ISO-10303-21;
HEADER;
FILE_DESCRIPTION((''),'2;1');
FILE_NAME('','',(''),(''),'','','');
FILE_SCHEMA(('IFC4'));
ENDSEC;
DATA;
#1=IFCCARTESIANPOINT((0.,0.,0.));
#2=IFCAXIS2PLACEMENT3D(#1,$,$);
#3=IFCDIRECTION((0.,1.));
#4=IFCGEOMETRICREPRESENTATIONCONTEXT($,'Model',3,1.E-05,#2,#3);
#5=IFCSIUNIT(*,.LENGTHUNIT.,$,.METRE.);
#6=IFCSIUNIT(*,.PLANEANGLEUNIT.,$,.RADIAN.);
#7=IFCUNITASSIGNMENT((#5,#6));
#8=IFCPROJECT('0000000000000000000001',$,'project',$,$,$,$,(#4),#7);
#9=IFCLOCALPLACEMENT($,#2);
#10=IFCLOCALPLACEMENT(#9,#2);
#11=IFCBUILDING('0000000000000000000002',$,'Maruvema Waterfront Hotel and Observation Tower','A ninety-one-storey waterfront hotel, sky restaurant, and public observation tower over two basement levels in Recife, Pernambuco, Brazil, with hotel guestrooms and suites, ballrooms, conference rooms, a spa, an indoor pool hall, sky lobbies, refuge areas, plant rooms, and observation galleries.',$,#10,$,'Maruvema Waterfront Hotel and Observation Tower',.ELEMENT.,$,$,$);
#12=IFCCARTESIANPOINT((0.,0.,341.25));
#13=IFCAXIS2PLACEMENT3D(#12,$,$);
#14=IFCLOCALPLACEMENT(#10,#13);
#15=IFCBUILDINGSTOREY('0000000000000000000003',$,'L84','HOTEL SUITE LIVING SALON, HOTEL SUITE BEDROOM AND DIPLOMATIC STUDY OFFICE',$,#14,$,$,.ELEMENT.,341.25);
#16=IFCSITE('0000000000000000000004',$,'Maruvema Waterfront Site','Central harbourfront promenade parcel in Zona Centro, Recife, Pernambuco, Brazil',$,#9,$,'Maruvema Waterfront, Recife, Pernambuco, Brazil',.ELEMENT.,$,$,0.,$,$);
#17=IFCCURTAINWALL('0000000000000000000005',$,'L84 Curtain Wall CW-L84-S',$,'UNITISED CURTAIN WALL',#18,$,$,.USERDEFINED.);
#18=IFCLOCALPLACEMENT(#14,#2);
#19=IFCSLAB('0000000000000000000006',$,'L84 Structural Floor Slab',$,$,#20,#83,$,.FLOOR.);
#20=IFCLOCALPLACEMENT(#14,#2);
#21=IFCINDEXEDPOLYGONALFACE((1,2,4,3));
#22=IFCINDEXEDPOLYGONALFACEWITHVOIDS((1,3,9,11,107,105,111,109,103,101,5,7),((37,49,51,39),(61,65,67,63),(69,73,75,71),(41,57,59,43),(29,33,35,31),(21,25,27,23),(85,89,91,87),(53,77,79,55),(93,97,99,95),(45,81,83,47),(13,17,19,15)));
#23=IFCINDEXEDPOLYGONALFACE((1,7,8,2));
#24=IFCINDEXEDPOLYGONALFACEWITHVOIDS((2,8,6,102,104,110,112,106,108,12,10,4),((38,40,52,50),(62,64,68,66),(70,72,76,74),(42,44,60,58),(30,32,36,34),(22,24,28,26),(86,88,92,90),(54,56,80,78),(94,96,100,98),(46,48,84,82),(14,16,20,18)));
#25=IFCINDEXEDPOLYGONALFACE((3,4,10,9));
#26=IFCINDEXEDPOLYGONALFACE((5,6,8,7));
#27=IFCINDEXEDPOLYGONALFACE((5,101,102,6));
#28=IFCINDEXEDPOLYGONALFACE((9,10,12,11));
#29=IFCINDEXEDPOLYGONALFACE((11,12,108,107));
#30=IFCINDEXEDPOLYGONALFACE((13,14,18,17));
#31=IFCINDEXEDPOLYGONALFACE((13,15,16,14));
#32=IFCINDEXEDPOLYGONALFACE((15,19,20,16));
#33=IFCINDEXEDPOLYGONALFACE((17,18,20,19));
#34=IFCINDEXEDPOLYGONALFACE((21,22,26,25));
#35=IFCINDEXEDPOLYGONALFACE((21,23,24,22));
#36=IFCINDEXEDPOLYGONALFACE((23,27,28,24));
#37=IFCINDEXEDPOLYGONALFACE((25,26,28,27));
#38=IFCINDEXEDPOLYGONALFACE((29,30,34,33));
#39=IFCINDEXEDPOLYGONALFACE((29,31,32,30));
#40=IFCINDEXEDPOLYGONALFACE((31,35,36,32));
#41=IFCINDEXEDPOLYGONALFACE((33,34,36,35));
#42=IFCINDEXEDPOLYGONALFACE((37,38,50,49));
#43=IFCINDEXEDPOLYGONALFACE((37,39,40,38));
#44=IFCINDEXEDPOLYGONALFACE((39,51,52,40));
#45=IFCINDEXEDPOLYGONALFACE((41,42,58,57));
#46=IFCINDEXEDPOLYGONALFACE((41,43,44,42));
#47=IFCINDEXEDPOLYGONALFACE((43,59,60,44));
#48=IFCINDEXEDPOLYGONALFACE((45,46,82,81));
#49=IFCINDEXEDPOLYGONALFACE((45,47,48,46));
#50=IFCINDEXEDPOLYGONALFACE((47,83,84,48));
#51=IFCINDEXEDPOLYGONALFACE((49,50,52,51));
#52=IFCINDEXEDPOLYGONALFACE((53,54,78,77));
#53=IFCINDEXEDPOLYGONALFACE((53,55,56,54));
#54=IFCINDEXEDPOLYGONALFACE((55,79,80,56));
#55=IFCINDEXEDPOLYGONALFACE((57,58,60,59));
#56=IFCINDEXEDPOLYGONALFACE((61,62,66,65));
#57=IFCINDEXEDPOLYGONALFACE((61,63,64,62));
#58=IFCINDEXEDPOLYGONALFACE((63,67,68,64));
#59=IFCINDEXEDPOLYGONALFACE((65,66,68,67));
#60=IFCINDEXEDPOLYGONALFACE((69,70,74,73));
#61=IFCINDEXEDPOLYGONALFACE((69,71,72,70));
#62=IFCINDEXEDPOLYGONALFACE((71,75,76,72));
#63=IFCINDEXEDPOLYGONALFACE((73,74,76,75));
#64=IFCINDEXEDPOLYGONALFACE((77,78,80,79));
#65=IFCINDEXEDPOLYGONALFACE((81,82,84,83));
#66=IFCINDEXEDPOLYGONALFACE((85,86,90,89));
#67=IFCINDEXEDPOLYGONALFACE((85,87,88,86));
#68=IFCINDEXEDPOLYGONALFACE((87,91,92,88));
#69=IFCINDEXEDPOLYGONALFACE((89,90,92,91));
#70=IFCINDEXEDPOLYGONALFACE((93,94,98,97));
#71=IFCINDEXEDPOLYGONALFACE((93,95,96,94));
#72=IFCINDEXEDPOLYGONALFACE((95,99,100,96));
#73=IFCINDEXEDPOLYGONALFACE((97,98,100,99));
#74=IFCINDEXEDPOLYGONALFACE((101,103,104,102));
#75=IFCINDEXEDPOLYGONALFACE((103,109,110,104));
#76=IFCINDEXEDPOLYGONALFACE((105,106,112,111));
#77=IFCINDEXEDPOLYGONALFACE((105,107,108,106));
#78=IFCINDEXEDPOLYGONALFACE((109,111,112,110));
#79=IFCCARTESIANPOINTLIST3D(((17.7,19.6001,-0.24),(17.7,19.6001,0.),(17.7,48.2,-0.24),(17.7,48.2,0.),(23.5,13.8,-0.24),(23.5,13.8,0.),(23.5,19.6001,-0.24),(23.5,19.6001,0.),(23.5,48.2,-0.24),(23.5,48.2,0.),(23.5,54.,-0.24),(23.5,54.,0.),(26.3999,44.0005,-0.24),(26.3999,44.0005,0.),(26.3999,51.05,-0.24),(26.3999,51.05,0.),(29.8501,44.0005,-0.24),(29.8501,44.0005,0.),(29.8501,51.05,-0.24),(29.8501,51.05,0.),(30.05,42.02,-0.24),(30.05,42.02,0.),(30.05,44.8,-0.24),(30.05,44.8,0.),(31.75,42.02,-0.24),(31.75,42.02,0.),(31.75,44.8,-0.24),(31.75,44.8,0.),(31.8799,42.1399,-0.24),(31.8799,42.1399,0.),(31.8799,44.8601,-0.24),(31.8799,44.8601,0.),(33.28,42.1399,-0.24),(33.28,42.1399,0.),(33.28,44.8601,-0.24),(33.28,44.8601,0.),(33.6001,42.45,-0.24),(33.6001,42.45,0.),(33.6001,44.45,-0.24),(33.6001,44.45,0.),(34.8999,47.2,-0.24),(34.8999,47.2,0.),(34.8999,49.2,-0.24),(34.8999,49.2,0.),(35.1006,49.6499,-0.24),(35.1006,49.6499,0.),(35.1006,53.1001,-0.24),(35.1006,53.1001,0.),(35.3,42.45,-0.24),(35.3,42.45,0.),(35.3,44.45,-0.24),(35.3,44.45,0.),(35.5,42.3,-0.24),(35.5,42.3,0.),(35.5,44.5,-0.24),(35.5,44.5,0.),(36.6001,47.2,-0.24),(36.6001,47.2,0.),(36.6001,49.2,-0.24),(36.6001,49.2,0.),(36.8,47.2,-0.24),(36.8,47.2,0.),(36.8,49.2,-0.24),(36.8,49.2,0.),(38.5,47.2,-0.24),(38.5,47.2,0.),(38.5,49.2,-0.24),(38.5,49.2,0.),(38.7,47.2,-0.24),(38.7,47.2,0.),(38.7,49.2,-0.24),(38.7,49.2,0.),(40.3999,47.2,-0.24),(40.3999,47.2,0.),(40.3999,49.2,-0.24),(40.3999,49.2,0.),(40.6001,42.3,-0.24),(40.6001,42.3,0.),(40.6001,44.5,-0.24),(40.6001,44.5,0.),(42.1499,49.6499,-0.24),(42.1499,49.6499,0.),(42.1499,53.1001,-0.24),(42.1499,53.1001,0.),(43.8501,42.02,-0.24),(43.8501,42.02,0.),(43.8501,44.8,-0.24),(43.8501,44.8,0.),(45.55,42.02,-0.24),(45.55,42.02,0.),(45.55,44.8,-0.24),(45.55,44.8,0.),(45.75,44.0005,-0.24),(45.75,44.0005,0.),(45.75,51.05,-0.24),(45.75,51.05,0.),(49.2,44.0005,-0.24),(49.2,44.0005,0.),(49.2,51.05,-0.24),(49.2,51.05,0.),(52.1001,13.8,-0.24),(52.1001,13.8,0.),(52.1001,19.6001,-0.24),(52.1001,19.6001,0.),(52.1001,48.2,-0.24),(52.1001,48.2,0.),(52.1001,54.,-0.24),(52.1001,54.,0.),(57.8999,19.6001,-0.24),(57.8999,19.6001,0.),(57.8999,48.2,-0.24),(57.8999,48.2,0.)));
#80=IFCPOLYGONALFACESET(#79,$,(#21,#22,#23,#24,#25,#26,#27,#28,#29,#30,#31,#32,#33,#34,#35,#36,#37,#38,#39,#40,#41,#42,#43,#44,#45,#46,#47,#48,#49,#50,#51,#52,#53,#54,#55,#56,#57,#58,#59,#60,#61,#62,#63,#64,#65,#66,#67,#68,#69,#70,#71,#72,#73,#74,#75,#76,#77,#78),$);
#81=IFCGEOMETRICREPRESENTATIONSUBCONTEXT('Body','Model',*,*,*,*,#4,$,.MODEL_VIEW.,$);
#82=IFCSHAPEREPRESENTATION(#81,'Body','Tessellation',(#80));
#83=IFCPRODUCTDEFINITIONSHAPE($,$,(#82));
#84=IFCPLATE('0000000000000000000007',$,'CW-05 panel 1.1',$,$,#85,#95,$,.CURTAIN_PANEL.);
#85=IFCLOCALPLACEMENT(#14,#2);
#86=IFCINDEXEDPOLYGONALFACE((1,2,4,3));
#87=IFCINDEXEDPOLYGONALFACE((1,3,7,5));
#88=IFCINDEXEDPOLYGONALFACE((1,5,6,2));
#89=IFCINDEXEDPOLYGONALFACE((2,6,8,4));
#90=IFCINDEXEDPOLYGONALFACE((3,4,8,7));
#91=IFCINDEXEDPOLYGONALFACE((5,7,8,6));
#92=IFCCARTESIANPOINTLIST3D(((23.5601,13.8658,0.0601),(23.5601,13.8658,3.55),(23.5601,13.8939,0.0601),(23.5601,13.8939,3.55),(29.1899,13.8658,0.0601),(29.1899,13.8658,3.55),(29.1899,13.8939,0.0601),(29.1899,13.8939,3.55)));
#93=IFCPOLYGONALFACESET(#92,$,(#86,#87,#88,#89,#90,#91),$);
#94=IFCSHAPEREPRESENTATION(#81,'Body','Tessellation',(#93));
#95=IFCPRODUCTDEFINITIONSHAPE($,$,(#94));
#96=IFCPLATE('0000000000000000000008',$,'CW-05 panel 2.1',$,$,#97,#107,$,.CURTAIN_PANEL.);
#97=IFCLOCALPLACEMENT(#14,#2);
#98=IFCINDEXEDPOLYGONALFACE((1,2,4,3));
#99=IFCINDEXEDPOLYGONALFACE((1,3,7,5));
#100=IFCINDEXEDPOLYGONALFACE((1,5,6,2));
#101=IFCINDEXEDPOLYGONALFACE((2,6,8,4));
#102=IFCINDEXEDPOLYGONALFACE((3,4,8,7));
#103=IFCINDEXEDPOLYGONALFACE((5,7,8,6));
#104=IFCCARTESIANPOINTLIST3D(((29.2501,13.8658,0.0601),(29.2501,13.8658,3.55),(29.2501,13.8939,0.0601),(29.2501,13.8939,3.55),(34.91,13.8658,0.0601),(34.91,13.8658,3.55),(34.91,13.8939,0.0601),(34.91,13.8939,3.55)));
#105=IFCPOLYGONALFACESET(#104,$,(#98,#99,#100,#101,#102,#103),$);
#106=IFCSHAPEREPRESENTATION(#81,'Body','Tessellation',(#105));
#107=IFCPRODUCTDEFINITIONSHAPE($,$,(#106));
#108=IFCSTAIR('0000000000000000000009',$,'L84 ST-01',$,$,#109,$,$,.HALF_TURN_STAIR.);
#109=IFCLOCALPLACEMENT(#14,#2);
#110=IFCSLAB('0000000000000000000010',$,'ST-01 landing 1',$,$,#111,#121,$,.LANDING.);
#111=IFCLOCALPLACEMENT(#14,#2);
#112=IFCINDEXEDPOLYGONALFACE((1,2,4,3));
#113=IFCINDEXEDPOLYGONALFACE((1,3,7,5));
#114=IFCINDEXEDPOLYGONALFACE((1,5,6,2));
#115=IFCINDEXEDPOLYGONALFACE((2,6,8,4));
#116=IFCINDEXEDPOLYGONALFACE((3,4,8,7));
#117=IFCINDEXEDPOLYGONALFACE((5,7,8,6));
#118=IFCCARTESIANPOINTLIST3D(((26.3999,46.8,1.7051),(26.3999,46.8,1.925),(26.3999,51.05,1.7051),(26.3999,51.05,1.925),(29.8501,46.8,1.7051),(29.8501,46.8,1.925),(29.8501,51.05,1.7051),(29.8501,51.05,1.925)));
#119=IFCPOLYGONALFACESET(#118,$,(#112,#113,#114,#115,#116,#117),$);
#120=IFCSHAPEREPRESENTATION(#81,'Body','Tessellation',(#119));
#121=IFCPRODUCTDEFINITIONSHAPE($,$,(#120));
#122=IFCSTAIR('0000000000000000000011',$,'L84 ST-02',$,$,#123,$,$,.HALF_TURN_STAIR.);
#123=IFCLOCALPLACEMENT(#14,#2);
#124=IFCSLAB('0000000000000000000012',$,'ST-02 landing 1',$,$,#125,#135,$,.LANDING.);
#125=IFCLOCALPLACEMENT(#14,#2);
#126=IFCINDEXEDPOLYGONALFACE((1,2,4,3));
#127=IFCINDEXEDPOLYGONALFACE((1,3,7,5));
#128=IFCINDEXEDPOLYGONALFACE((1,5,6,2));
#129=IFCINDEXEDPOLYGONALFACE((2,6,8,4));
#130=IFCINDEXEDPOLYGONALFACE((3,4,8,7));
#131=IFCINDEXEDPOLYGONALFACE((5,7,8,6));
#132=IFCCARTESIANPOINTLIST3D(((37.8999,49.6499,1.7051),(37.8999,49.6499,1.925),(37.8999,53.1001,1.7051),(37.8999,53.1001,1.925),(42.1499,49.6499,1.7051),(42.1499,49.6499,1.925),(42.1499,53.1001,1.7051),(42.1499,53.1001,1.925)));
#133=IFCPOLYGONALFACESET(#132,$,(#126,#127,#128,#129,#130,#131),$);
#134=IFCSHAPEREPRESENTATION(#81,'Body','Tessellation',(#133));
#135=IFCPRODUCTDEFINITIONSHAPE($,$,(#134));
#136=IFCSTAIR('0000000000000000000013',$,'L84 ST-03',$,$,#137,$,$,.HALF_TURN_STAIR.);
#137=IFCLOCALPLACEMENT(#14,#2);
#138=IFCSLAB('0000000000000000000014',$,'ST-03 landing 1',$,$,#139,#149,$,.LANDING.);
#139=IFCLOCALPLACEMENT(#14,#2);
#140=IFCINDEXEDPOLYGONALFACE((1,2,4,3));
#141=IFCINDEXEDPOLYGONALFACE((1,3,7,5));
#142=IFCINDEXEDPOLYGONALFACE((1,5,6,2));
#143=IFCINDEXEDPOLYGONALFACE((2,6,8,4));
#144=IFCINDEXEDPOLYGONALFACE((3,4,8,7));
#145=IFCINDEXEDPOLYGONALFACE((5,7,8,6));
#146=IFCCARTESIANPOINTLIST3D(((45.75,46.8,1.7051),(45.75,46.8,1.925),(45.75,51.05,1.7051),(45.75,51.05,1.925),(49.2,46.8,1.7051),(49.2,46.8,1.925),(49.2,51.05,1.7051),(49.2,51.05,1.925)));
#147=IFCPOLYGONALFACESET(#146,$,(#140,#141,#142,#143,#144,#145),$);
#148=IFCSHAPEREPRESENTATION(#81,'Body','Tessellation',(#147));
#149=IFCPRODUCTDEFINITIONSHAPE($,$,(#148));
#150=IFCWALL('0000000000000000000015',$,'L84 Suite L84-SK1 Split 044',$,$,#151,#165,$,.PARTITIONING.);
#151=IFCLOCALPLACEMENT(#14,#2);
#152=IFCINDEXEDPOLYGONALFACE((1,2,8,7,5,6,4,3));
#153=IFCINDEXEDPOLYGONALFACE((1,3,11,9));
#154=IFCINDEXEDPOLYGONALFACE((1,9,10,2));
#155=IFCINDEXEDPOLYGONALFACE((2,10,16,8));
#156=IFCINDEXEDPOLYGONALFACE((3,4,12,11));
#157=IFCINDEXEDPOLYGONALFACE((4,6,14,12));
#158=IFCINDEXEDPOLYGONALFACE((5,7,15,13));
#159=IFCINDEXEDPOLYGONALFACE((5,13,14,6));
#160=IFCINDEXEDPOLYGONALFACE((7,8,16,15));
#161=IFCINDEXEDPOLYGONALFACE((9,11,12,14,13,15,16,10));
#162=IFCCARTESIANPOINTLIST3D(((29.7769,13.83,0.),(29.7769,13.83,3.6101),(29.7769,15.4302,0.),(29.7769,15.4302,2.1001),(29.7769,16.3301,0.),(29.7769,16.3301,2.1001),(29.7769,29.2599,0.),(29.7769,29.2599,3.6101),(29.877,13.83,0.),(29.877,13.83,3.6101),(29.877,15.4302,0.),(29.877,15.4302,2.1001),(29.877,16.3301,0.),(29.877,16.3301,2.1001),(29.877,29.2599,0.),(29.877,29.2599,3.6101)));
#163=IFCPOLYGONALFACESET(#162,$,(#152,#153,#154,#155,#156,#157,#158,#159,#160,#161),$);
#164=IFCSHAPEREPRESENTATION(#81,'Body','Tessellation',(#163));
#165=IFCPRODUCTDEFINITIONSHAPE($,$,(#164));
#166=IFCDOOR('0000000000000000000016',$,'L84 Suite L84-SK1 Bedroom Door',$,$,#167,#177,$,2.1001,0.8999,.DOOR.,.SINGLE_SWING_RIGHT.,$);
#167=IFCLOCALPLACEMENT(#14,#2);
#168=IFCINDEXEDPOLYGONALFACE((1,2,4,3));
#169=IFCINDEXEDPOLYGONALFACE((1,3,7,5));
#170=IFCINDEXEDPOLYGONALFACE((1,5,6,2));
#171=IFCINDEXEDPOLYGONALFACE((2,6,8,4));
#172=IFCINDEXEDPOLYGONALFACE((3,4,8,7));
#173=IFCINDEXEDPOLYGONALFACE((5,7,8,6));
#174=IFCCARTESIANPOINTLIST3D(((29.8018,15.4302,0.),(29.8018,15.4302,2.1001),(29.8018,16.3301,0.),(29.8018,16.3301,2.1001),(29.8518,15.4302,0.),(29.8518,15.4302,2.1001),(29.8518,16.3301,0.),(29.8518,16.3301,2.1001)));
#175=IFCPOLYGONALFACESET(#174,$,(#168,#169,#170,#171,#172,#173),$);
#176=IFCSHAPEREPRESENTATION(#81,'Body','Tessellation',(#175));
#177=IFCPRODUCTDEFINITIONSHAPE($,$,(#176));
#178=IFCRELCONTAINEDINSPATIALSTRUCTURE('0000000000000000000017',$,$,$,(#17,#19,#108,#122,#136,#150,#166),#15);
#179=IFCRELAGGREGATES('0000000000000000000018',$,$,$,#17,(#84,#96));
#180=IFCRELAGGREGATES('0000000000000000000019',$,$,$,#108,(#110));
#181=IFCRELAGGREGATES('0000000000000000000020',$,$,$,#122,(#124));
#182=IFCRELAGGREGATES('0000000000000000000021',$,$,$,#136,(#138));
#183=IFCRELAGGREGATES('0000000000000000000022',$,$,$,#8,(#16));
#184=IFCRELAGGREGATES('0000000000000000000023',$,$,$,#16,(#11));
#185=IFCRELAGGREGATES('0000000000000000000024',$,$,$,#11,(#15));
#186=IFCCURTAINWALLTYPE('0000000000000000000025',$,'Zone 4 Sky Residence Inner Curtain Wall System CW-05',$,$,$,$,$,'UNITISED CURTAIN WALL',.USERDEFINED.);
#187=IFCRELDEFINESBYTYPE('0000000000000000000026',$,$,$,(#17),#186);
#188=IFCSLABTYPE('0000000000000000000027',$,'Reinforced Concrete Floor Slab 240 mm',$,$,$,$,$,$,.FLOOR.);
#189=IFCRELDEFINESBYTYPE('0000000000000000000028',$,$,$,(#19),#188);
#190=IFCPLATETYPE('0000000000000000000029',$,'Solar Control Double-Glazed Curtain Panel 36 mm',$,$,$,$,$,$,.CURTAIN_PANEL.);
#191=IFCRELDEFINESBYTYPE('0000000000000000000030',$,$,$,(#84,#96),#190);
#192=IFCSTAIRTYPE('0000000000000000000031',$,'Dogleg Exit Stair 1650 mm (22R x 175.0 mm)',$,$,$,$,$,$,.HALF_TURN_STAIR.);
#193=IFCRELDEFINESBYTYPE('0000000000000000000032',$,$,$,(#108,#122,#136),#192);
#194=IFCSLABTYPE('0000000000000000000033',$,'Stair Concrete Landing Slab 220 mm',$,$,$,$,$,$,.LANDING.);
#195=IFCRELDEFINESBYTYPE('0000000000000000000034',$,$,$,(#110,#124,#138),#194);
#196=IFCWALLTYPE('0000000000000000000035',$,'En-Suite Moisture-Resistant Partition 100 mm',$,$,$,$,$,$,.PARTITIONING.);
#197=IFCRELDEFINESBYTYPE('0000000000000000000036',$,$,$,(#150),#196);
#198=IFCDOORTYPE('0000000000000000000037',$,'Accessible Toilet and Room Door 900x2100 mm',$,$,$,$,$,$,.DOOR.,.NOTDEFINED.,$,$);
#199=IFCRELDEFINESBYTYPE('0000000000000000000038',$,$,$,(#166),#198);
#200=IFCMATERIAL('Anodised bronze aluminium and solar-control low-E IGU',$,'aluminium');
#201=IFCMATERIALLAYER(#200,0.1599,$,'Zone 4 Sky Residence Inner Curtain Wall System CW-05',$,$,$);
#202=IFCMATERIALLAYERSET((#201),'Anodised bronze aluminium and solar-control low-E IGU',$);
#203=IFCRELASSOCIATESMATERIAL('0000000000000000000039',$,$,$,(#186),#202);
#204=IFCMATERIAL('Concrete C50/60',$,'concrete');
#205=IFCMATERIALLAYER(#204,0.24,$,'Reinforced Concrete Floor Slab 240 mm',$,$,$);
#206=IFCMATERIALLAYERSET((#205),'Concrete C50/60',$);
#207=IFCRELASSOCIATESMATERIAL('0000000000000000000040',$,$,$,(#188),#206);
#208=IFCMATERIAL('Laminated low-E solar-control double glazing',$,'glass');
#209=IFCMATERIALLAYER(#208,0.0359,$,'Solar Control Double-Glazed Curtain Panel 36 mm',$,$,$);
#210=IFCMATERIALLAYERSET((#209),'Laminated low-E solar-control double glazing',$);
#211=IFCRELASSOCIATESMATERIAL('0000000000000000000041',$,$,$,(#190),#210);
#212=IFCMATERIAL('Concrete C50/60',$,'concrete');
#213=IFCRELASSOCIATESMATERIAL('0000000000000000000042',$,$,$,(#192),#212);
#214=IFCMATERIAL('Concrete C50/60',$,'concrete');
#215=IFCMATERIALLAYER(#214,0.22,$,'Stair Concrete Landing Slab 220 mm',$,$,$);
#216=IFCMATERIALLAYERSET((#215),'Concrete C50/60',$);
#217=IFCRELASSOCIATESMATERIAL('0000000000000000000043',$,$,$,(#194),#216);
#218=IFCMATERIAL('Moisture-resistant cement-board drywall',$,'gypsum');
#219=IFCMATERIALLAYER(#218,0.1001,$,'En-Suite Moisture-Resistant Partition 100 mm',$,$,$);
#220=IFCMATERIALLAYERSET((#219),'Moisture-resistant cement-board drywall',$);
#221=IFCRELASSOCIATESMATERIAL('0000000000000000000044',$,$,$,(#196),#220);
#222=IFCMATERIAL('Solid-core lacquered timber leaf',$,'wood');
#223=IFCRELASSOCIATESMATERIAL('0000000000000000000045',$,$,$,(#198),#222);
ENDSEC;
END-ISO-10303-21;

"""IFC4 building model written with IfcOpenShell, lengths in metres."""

from ifc_helpers import new_model, si_unit, direction, frame, frame_2d, origin, origin_2d, place, context, subcontext, project, spatial, polyline, rectangle, outline, extrude, material, layer, layer_set, type_object, element, fill, aggregate, save


model = new_model("IFC4")

# Units and contexts
model_context = context("Model", 3, precision=1e-05, world=origin(), true_north=direction((0.0, 1.0)))
body_context = subcontext(model_context, "Body", "Model", "MODEL_VIEW")
ifc_project = project(units=[si_unit("LENGTHUNIT", "METRE"), si_unit("PLANEANGLEUNIT", "RADIAN")], contexts=[model_context])

# Site, building, storey
site_placement = place(None, origin())
site = spatial("IfcSite", under=ifc_project, at=site_placement, Name="Maruvema Waterfront Site", Description="Central harbourfront promenade parcel in Zona Centro, Recife, Pernambuco, Brazil", LongName="Maruvema Waterfront, Recife, Pernambuco, Brazil", CompositionType="ELEMENT", RefElevation=0.0)
building_placement = place(site_placement, origin())
building = spatial("IfcBuilding", under=site, at=building_placement, Name="Maruvema Waterfront Hotel and Observation Tower", Description="A ninety-one-storey waterfront hotel, sky restaurant, and public observation tower over two basement levels in Recife, Pernambuco, Brazil, with hotel guestrooms and suites, ballrooms, conference rooms, a spa, an indoor pool hall, sky lobbies, refuge areas, plant rooms, and observation galleries.", LongName="Maruvema Waterfront Hotel and Observation Tower", CompositionType="ELEMENT")
storey_placement = place(building_placement, frame((0.0, 0.0, 341.25)))
storey = spatial("IfcBuildingStorey", under=building, at=storey_placement, Name="L84", Description="HOTEL SUITE LIVING SALON, HOTEL SUITE BEDROOM AND DIPLOMATIC STUDY OFFICE", CompositionType="ELEMENT", Elevation=341.25)

# Curtain wall
ifc_material_1 = material(Name="Anodised bronze aluminium and solar-control low-E IGU", Category="aluminium")
ifc_layer_1 = layer(ifc_material_1, 0.1599, Name="Zone 4 Sky Residence Inner Curtain Wall System CW-05")
ifc_layer_set_1 = layer_set([ifc_layer_1], Name="Anodised bronze aluminium and solar-control low-E IGU")
curtain_wall_type = type_object("IfcCurtainWallType", Name="Zone 4 Sky Residence Inner Curtain Wall System CW-05", ElementType="UNITISED CURTAIN WALL", PredefinedType="USERDEFINED", material=ifc_layer_set_1)
curtain_wall_1_placement = place(storey_placement, origin())
curtain_wall_1 = element("IfcCurtainWall", 1, at=curtain_wall_1_placement, inside=storey, type_object=curtain_wall_type, Name="L84 Curtain Wall CW-L84-S", ObjectType="UNITISED CURTAIN WALL", PredefinedType="USERDEFINED")

# Slab
ifc_material_2 = material(Name="Concrete C50/60", Category="concrete")
ifc_layer_2 = layer(ifc_material_2, 0.24, Name="Reinforced Concrete Floor Slab 240 mm")
ifc_layer_set_2 = layer_set([ifc_layer_2], Name="Concrete C50/60")
slab_type_1 = type_object("IfcSlabType", Name="Reinforced Concrete Floor Slab 240 mm", PredefinedType="FLOOR", material=ifc_layer_set_2)
slab_1_placement = place(storey_placement, frame((0.0, 0.0, -0.24)))
element("IfcSlab", 2, at=slab_1_placement, inside=storey, type_object=slab_type_1, Name="L84 Structural Floor Slab", PredefinedType="FLOOR", context=body_context, shape_type="SweptSolid", body=[
    extrude(outline(polyline([(23.5, 13.8), (52.1001, 13.8), (52.1001, 19.6001), (57.8999, 19.6001), (57.8999, 48.2), (52.1001, 48.2), (52.1001, 54.0), (23.5, 54.0), (23.5, 48.2), (17.7, 48.2), (17.7, 19.6001), (23.5, 19.6001), (23.5, 13.8)]), holes=[polyline([(26.3999, 44.0005), (26.3999, 51.05), (29.8501, 51.05), (29.8501, 44.0005), (26.3999, 44.0005)]), polyline([(30.05, 44.8), (31.75, 44.8), (31.75, 42.02), (30.05, 42.02), (30.05, 44.8)]), polyline([(31.8799, 42.1399), (31.8799, 44.8601), (33.28, 44.8601), (33.28, 42.1399), (31.8799, 42.1399)]), polyline([(33.6001, 44.45), (35.3, 44.45), (35.3, 42.45), (33.6001, 42.45), (33.6001, 44.45)]), polyline([(34.8999, 49.2), (36.6001, 49.2), (36.6001, 47.2), (34.8999, 47.2), (34.8999, 49.2)]), polyline([(36.8, 47.2), (36.8, 49.2), (38.5, 49.2), (38.5, 47.2), (36.8, 47.2)]), polyline([(35.5, 42.3), (35.5, 44.5), (40.6001, 44.5), (40.6001, 42.3), (35.5, 42.3)]), polyline([(35.1006, 53.1001), (42.1499, 53.1001), (42.1499, 49.6499), (35.1006, 49.6499), (35.1006, 53.1001)]), polyline([(38.7, 49.2), (40.3999, 49.2), (40.3999, 47.2), (38.7, 47.2), (38.7, 49.2)]), polyline([(43.8501, 44.8), (45.55, 44.8), (45.55, 42.02), (43.8501, 42.02), (43.8501, 44.8)]), polyline([(45.75, 44.0005), (45.75, 51.05), (49.2, 51.05), (49.2, 44.0005), (45.75, 44.0005)])]), origin(), (0.0, 0.0, 1.0), 0.24),
])

# Plates
ifc_material_3 = material(Name="Laminated low-E solar-control double glazing", Category="glass")
ifc_layer_3 = layer(ifc_material_3, 0.0359, Name="Solar Control Double-Glazed Curtain Panel 36 mm")
ifc_layer_set_3 = layer_set([ifc_layer_3], Name="Laminated low-E solar-control double glazing")
plate_type = type_object("IfcPlateType", Name="Solar Control Double-Glazed Curtain Panel 36 mm", PredefinedType="CURTAIN_PANEL", material=ifc_layer_set_3)
plate_1_placement = place(storey_placement, frame((26.375, 13.8799, 0.0601), z_axis=(0.0, 0.0, 1.0), x_axis=(1.0, 0.0, 0.0)))
plate_1 = element("IfcPlate", 3, at=plate_1_placement, type_object=plate_type, Name="CW-05 panel 1.1", PredefinedType="CURTAIN_PANEL", context=body_context, shape_type="SweptSolid", body=[
    extrude(rectangle(XDim=5.6299, YDim=0.0281, at=origin_2d()), origin(), (0.0, 0.0, 1.0), 3.49),
])
plate_2_placement = place(storey_placement, frame((32.0801, 13.8799, 0.0601), z_axis=(0.0, 0.0, 1.0), x_axis=(1.0, 0.0, 0.0)))
plate_2 = element("IfcPlate", 4, at=plate_2_placement, type_object=plate_type, Name="CW-05 panel 2.1", PredefinedType="CURTAIN_PANEL", context=body_context, shape_type="SweptSolid", body=[
    extrude(rectangle(XDim=5.6599, YDim=0.0281, at=origin_2d()), origin(), (0.0, 0.0, 1.0), 3.49),
])
aggregate(curtain_wall_1, [plate_1, plate_2])

# Stairs, slabs
ifc_material_4 = material(Name="Concrete C50/60", Category="concrete")
stair_type = type_object("IfcStairType", Name="Dogleg Exit Stair 1650 mm (22R x 175.0 mm)", PredefinedType="HALF_TURN_STAIR", material=ifc_material_4)
stair_1_placement = place(storey_placement, origin())
stair_1 = element("IfcStair", 5, at=stair_1_placement, inside=storey, type_object=stair_type, Name="L84 ST-01", PredefinedType="HALF_TURN_STAIR")
ifc_material_5 = material(Name="Concrete C50/60", Category="concrete")
ifc_layer_4 = layer(ifc_material_5, 0.22, Name="Stair Concrete Landing Slab 220 mm")
ifc_layer_set_4 = layer_set([ifc_layer_4], Name="Concrete C50/60")
slab_type_2 = type_object("IfcSlabType", Name="Stair Concrete Landing Slab 220 mm", PredefinedType="LANDING", material=ifc_layer_set_4)
slab_2_placement = place(storey_placement, frame((0.0, 0.0, 1.7051)))
slab_2 = element("IfcSlab", 6, at=slab_2_placement, type_object=slab_type_2, Name="ST-01 landing 1", PredefinedType="LANDING", context=body_context, shape_type="SweptSolid", body=[
    extrude(outline(polyline([(29.8501, 46.8), (29.8501, 51.05), (26.3999, 51.05), (26.3999, 46.8), (29.8501, 46.8)])), origin(), (0.0, 0.0, 1.0), 0.22),
])
aggregate(stair_1, [slab_2])
stair_2_placement = place(storey_placement, origin())
stair_2 = element("IfcStair", 7, at=stair_2_placement, inside=storey, type_object=stair_type, Name="L84 ST-02", PredefinedType="HALF_TURN_STAIR")
slab_3_placement = place(storey_placement, frame((0.0, 0.0, 1.7051)))
slab_3 = element("IfcSlab", 8, at=slab_3_placement, type_object=slab_type_2, Name="ST-02 landing 1", PredefinedType="LANDING", context=body_context, shape_type="SweptSolid", body=[
    extrude(outline(polyline([(37.8999, 49.6499), (42.1499, 49.6499), (42.1499, 53.1001), (37.8999, 53.1001), (37.8999, 49.6499)])), origin(), (0.0, 0.0, 1.0), 0.22),
])
aggregate(stair_2, [slab_3])
stair_3_placement = place(storey_placement, origin())
stair_3 = element("IfcStair", 9, at=stair_3_placement, inside=storey, type_object=stair_type, Name="L84 ST-03", PredefinedType="HALF_TURN_STAIR")
slab_4_placement = place(storey_placement, frame((0.0, 0.0, 1.7051)))
slab_4 = element("IfcSlab", 10, at=slab_4_placement, type_object=slab_type_2, Name="ST-03 landing 1", PredefinedType="LANDING", context=body_context, shape_type="SweptSolid", body=[
    extrude(outline(polyline([(49.2, 46.8), (49.2, 51.05), (45.75, 51.05), (45.75, 46.8), (49.2, 46.8)])), origin(), (0.0, 0.0, 1.0), 0.22),
])
aggregate(stair_3, [slab_4])

# Wall, opening, door
ifc_material_6 = material(Name="Moisture-resistant cement-board drywall", Category="gypsum")
ifc_layer_5 = layer(ifc_material_6, 0.1001, Name="En-Suite Moisture-Resistant Partition 100 mm")
ifc_layer_set_5 = layer_set([ifc_layer_5], Name="Moisture-resistant cement-board drywall")
wall_type_1 = type_object("IfcWallType", Name="En-Suite Moisture-Resistant Partition 100 mm", PredefinedType="PARTITIONING", material=ifc_layer_set_5)
wall_1_placement = place(storey_placement, frame((29.8269, 13.8301, 0.0), z_axis=(0.0, 0.0, 1.0), x_axis=(0.0, 1.0, 0.0)))
wall_1 = element("IfcWall", 11, at=wall_1_placement, inside=storey, type_object=wall_type_1, Name="L84 Suite L84-SK1 Split 044", PredefinedType="PARTITIONING", context=body_context, shape_type="SweptSolid", body=[
    extrude(rectangle(XDim=15.4299, YDim=0.1001, at=frame_2d((7.7148, 0.0))), origin(), (0.0, 0.0, 1.0), 3.6101),
])
opening_1_placement = place(wall_1_placement, frame((1.6001, 0.0, 0.0)))
opening_1 = element("IfcOpeningElement", 12, at=opening_1_placement, cuts=wall_1, PredefinedType="OPENING", context=body_context, shape_type="SweptSolid", body=[
    extrude(rectangle(XDim=0.8999, YDim=2.1001, at=frame_2d((0.45, 1.05))), frame((0.0, 0.0601, 0.0), z_axis=(0.0, -1.0, 0.0), x_axis=(1.0, 0.0, 0.0)), (0.0, 0.0, 1.0), 0.1201),
])
ifc_material_7 = material(Name="Solid-core lacquered timber leaf", Category="wood")
door_type = type_object("IfcDoorType", Name="Accessible Toilet and Room Door 900x2100 mm", OperationType="NOTDEFINED", PredefinedType="DOOR", material=ifc_material_7)
door_placement = place(opening_1_placement, frame((0.8999, 0.0, 0.0), z_axis=(0.0, 0.0, 1.0), x_axis=(-1.0, 0.0, 0.0)))
door = element("IfcDoor", 13, at=door_placement, inside=storey, type_object=door_type, Name="L84 Suite L84-SK1 Bedroom Door", OperationType="SINGLE_SWING_RIGHT", OverallHeight=2.1001, OverallWidth=0.8999, PredefinedType="DOOR", context=body_context, shape_type="SweptSolid", body=[
    extrude(rectangle(XDim=0.8999, YDim=2.1001, at=frame_2d((0.45, 1.05))), frame((0.0, 0.0249, 0.0), z_axis=(0.0, -1.0, 0.0), x_axis=(1.0, 0.0, 0.0)), (0.0, 0.0, 1.0), 0.05),
])
fill(opening_1, door)

save(model, "model.ifc")
